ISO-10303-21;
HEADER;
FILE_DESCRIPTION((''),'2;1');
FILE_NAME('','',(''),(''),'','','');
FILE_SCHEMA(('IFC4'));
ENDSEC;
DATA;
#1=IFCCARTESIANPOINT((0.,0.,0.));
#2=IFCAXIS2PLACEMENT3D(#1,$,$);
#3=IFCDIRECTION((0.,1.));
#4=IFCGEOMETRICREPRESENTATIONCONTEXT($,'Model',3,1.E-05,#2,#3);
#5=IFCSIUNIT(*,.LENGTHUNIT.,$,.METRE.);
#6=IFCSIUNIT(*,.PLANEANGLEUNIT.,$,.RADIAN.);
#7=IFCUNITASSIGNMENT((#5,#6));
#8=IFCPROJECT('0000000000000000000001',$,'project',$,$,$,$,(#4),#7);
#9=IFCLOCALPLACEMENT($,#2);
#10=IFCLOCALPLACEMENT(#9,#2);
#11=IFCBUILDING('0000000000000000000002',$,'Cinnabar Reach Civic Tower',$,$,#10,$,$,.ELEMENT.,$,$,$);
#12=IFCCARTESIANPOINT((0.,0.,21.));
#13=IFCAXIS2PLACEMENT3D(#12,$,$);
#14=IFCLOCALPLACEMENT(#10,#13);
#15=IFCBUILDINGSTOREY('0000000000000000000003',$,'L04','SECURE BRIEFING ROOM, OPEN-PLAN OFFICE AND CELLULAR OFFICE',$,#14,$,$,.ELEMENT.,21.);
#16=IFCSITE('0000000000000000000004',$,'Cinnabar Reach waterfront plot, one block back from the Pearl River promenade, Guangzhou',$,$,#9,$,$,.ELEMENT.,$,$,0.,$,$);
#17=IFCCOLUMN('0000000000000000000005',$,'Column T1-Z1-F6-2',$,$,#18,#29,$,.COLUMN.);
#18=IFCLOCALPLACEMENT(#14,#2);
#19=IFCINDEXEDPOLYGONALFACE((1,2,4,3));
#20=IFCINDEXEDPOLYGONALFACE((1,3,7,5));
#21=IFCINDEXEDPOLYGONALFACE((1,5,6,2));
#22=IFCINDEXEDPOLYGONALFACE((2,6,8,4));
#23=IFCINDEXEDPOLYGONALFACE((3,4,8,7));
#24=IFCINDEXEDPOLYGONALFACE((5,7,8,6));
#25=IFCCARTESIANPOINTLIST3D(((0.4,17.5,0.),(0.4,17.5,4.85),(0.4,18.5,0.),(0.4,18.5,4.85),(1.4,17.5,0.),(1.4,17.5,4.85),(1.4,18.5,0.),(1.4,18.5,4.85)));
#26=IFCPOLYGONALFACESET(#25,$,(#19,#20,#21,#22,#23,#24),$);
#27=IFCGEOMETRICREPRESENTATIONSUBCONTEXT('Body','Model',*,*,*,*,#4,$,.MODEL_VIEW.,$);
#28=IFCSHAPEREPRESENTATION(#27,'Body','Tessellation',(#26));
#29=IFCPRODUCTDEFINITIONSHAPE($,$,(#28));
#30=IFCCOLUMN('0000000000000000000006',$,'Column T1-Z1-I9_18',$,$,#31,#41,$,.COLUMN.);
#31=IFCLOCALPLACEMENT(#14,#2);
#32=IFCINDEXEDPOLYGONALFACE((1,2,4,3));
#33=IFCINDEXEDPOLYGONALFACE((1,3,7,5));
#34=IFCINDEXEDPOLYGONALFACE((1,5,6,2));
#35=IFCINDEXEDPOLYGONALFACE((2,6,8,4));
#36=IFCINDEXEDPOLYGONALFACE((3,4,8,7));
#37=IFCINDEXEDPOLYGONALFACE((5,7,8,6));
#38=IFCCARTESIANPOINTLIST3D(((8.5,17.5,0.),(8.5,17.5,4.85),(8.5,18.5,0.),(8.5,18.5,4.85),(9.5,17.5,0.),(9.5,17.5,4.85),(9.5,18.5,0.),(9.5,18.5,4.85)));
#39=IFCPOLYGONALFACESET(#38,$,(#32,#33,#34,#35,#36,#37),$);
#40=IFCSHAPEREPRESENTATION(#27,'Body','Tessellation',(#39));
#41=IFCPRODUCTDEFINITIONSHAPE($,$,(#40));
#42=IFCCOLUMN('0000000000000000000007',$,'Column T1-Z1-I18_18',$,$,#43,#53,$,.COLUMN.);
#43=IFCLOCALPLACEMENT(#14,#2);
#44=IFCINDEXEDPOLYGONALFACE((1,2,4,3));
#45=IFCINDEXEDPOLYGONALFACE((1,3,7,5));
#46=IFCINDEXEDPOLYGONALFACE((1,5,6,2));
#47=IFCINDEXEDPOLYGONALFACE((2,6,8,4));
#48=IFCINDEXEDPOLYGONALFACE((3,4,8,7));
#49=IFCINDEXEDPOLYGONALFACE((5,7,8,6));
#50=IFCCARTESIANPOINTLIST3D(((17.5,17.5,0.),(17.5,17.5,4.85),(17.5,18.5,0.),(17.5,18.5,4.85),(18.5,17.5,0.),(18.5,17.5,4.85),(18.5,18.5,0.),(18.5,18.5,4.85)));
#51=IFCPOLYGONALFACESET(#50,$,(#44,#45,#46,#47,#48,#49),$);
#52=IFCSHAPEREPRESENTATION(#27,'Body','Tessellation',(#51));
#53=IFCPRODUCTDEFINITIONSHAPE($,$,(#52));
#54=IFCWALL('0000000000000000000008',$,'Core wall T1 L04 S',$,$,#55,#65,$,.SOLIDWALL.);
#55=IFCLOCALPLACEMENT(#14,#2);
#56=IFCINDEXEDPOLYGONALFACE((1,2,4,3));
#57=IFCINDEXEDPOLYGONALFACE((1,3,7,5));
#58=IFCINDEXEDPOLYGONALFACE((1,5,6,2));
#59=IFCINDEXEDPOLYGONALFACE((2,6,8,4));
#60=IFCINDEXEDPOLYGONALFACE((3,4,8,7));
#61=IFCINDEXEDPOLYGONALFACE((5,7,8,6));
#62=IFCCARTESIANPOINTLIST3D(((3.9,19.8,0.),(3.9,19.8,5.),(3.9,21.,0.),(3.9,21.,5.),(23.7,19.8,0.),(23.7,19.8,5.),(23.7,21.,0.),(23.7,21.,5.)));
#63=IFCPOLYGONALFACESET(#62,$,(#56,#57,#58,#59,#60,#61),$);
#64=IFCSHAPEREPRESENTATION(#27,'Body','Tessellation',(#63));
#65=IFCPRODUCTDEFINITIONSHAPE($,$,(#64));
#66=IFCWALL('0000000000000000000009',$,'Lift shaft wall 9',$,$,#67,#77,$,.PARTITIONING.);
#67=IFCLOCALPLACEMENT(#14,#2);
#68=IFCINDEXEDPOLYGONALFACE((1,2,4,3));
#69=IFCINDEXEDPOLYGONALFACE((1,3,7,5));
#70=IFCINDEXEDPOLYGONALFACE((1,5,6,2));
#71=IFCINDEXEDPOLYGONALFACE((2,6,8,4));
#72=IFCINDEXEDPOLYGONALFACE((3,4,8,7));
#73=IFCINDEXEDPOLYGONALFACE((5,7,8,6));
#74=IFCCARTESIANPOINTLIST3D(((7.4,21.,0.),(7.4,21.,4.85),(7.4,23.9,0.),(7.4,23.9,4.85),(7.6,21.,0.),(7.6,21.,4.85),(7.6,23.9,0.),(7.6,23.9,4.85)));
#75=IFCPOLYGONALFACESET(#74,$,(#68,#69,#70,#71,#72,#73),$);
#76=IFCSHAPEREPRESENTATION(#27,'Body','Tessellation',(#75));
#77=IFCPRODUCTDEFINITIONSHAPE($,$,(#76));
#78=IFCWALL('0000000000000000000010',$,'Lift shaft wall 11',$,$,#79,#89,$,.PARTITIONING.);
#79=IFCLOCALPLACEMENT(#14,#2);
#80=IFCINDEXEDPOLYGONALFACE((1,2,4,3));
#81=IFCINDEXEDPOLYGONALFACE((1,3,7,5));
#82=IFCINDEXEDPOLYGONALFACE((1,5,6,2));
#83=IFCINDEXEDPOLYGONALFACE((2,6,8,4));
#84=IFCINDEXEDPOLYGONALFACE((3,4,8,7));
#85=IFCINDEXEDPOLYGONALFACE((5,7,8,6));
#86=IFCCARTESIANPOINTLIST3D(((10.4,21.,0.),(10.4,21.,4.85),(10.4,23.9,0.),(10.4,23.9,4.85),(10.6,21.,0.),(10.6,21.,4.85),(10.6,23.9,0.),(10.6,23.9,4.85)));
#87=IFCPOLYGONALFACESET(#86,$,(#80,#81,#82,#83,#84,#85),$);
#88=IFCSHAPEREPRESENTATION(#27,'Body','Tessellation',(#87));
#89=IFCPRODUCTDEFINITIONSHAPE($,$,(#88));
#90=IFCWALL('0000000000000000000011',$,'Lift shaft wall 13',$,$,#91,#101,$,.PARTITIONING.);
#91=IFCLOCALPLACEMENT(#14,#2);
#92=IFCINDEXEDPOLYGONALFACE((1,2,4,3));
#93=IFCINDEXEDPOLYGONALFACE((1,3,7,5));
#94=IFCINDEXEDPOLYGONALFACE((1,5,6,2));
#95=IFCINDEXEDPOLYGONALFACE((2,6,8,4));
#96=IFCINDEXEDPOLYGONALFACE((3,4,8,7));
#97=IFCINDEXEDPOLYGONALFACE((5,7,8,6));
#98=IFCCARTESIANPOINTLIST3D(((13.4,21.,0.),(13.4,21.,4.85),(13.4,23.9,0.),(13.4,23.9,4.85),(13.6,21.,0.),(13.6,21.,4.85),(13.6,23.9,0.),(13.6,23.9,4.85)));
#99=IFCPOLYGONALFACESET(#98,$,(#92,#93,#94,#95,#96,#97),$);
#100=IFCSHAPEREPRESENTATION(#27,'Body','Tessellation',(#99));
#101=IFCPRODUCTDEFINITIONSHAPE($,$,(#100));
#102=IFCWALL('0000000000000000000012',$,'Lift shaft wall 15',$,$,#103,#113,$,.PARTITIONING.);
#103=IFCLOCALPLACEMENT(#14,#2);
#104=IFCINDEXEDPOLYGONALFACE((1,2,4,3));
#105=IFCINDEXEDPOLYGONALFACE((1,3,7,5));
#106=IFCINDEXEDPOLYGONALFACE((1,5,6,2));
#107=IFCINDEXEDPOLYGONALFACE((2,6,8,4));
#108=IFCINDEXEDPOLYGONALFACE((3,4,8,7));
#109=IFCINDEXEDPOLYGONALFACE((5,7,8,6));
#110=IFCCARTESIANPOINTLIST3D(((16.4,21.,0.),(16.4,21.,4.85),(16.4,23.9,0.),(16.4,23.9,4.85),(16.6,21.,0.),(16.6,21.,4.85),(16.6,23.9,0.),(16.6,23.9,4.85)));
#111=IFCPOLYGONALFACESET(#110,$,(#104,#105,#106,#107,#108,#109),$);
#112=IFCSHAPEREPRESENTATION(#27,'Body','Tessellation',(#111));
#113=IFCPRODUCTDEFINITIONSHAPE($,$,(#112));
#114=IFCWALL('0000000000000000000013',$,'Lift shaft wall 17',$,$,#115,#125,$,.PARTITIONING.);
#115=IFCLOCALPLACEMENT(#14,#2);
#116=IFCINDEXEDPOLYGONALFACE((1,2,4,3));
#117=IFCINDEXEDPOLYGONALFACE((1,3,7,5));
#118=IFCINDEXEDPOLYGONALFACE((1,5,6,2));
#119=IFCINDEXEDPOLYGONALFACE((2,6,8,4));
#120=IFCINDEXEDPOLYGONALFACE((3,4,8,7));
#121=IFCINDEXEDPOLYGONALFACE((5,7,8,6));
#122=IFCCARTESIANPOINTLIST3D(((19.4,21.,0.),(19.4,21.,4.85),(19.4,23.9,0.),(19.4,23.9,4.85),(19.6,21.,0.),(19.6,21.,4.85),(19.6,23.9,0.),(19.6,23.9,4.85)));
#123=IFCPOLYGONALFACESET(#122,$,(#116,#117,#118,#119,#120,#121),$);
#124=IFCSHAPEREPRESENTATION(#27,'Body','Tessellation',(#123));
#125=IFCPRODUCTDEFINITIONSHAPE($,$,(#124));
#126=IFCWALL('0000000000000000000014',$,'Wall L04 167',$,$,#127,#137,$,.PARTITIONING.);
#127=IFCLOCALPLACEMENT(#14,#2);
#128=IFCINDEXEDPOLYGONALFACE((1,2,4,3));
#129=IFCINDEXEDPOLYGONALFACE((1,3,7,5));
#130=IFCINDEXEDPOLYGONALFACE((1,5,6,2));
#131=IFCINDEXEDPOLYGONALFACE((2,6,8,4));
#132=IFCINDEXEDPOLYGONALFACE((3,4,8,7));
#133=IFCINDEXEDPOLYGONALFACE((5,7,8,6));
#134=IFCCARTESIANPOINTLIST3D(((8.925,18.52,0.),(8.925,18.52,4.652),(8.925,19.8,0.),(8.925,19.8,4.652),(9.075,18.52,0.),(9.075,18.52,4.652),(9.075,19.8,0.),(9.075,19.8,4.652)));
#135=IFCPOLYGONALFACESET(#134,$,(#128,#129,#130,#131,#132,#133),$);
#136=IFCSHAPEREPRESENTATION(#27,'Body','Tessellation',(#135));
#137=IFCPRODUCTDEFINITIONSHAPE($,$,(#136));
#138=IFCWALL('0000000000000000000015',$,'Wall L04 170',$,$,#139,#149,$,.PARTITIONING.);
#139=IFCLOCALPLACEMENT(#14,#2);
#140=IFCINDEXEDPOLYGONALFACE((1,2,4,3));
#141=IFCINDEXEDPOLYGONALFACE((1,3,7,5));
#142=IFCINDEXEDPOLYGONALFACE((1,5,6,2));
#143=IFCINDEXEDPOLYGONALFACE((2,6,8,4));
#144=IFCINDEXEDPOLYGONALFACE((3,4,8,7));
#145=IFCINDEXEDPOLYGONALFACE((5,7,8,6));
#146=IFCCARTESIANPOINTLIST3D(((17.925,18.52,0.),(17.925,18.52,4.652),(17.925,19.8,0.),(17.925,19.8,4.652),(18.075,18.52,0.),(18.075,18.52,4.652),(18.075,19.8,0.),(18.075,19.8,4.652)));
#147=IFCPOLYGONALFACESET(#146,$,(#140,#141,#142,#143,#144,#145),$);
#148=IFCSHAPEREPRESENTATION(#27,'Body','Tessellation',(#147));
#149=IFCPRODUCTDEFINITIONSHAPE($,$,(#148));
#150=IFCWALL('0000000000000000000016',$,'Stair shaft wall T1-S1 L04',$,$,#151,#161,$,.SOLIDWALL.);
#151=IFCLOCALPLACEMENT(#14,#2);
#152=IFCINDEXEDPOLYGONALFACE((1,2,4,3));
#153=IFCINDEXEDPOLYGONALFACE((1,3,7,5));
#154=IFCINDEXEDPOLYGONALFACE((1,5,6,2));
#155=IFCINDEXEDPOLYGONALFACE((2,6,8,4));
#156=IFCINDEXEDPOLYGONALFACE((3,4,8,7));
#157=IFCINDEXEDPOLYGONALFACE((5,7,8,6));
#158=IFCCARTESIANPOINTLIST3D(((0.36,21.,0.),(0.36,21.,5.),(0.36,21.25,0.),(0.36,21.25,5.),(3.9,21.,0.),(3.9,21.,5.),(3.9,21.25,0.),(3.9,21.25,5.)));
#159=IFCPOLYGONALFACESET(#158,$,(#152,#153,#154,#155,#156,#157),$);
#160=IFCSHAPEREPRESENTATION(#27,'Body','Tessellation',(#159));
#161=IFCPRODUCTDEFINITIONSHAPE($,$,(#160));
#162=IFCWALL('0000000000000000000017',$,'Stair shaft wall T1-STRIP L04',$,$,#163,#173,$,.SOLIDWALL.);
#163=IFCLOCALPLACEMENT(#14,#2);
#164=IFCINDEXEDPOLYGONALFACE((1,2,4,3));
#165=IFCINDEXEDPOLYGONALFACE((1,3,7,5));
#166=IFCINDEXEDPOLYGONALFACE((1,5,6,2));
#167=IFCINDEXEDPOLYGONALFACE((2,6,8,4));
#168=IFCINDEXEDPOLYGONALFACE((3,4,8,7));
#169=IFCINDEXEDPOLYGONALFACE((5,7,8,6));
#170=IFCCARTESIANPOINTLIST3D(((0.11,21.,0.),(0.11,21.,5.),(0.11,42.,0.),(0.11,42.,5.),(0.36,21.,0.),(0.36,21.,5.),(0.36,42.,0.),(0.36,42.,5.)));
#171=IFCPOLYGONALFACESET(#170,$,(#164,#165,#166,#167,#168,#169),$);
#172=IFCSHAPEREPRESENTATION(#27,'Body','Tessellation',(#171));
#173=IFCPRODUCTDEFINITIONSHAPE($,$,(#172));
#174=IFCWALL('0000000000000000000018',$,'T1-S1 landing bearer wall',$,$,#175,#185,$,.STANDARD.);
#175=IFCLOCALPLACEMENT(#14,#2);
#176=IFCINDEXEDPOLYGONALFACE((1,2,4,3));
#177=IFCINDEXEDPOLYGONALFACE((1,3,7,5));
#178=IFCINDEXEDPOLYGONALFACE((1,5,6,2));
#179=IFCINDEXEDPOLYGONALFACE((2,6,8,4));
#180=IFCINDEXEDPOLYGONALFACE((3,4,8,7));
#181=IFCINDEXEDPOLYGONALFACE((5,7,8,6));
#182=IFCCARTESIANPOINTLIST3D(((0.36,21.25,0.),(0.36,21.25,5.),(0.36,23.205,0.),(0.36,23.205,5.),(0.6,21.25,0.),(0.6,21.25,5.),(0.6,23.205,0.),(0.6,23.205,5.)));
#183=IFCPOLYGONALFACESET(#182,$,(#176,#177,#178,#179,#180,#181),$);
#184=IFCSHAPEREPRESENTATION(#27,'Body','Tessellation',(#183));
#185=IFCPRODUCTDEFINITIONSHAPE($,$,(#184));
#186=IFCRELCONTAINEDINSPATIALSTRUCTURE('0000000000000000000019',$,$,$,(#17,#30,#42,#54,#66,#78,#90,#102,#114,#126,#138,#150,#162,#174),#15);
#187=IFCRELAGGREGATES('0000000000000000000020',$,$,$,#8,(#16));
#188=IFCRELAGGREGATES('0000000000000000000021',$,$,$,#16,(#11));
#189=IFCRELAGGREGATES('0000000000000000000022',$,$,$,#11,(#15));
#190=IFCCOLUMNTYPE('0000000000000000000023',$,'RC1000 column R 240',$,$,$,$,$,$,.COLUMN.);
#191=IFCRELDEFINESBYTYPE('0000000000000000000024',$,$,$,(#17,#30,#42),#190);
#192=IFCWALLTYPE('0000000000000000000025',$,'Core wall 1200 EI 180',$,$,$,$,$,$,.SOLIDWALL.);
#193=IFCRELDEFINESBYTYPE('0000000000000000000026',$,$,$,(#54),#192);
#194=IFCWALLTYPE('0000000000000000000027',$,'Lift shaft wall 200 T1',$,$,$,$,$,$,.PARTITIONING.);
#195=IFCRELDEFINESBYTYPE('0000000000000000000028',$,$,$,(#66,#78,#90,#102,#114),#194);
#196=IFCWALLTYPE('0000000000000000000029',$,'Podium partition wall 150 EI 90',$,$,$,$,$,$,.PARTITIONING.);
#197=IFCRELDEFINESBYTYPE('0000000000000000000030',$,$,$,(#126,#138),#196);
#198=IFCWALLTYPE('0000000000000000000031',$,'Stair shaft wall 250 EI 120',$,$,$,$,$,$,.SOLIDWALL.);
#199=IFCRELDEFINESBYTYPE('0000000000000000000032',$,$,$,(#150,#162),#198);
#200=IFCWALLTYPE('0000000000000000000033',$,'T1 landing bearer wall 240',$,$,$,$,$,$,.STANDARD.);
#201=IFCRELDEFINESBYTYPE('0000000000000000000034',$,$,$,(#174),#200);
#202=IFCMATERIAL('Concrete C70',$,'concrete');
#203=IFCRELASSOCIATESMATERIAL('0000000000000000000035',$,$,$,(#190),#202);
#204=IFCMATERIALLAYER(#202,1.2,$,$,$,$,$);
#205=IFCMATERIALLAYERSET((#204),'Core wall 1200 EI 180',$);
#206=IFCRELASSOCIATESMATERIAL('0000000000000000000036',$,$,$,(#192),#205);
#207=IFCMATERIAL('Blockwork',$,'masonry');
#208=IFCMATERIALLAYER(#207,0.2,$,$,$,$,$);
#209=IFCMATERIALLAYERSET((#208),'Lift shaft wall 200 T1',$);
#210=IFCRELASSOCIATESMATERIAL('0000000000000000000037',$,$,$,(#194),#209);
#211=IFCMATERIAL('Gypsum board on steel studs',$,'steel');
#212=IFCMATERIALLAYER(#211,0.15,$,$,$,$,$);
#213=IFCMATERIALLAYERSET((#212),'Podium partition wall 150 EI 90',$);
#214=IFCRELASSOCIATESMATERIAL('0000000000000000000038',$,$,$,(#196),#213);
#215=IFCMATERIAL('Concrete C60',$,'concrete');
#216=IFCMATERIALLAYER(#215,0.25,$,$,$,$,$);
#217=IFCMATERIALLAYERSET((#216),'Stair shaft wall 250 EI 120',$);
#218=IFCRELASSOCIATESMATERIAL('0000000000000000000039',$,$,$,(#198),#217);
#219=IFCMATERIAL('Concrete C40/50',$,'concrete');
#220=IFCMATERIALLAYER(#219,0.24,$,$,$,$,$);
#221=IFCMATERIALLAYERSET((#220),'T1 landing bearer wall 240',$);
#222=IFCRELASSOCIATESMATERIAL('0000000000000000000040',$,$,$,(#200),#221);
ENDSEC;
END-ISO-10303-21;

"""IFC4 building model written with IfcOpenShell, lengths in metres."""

from ifc_helpers import new_model, si_unit, direction, frame, frame_2d, origin, origin_2d, place, context, subcontext, project, spatial, rectangle, extrude, material, layer, layer_set, material_profile, profile_set, type_object, element, save


model = new_model("IFC4")

# Units and contexts
model_context = context("Model", 3, precision=1e-05, world=origin(), true_north=direction((0.0, 1.0)))
body_context = subcontext(model_context, "Body", "Model", "MODEL_VIEW")
ifc_project = project(units=[si_unit("LENGTHUNIT", "METRE"), si_unit("PLANEANGLEUNIT", "RADIAN")], contexts=[model_context])

# Site, building, storey
site_placement = place(None, origin())
site = spatial("IfcSite", under=ifc_project, at=site_placement, Name="Cinnabar Reach waterfront plot, one block back from the Pearl River promenade, Guangzhou", CompositionType="ELEMENT", RefElevation=0.0)
building_placement = place(site_placement, origin())
building = spatial("IfcBuilding", under=site, at=building_placement, Name="Cinnabar Reach Civic Tower", CompositionType="ELEMENT")
storey_placement = place(building_placement, frame((0.0, 0.0, 21.0)))
storey = spatial("IfcBuildingStorey", under=building, at=storey_placement, Name="L04", Description="SECURE BRIEFING ROOM, OPEN-PLAN OFFICE AND CELLULAR OFFICE", CompositionType="ELEMENT", Elevation=21.0)

# Columns
ifc_material_1 = material(Name="Concrete C70", Category="concrete")
ifc_material_profile = material_profile(ifc_material_1, rectangle(XDim=1.0, YDim=1.0, at=origin_2d()), Name="RC1000")
ifc_profile_set = profile_set([ifc_material_profile], Name="Concrete C70")
column_type = type_object("IfcColumnType", Name="RC1000 column R 240", PredefinedType="COLUMN", material=ifc_profile_set)
for number, where, z_axis, x_axis, name in (
    (1, (0.9, 18.0, 0.0), (0.0, 0.0, 1.0), (1.0, 0.0, 0.0), "Column T1-Z1-F6-2"),
    (2, (9.0, 18.0, 0.0), (0.0, 0.0, 1.0), (1.0, 0.0, 0.0), "Column T1-Z1-I9_18"),
    (3, (18.0, 18.0, 0.0), (0.0, 0.0, 1.0), (1.0, 0.0, 0.0), "Column T1-Z1-I18_18"),
):
    element("IfcColumn", number, at=place(storey_placement, frame(where, z_axis=z_axis, x_axis=x_axis)), inside=storey, type_object=column_type, Name=name, PredefinedType="COLUMN", context=body_context, shape_type="SweptSolid", body=[
        extrude(rectangle(XDim=1.0, YDim=1.0, at=origin_2d()), origin(), (0.0, 0.0, 1.0), 4.85),
    ])

# Walls
ifc_layer_1 = layer(ifc_material_1, 1.2)
ifc_layer_set_1 = layer_set([ifc_layer_1], Name="Core wall 1200 EI 180")
wall_type_1 = type_object("IfcWallType", Name="Core wall 1200 EI 180", PredefinedType="SOLIDWALL", material=ifc_layer_set_1)
wall_1_placement = place(storey_placement, frame((3.9, 20.4, 0.0), z_axis=(0.0, 0.0, 1.0), x_axis=(1.0, 0.0, 0.0)))
element("IfcWall", 4, at=wall_1_placement, inside=storey, type_object=wall_type_1, Name="Core wall T1 L04 S", PredefinedType="SOLIDWALL", context=body_context, shape_type="SweptSolid", body=[
    extrude(rectangle(XDim=19.8, YDim=1.2, at=frame_2d((9.9, 0.0))), origin(), (0.0, 0.0, 1.0), 5.0),
])
ifc_material_2 = material(Name="Blockwork", Category="masonry")
ifc_layer_2 = layer(ifc_material_2, 0.2)
ifc_layer_set_2 = layer_set([ifc_layer_2], Name="Lift shaft wall 200 T1")
wall_type_2 = type_object("IfcWallType", Name="Lift shaft wall 200 T1", PredefinedType="PARTITIONING", material=ifc_layer_set_2)
for number, where, z_axis, x_axis, name in (
    (5, (7.5, 21.0, 0.0), (0.0, 0.0, 1.0), (0.0, 1.0, 0.0), "Lift shaft wall 9"),
    (6, (10.5, 21.0, 0.0), (0.0, 0.0, 1.0), (0.0, 1.0, 0.0), "Lift shaft wall 11"),
    (7, (13.5, 21.0, 0.0), (0.0, 0.0, 1.0), (0.0, 1.0, 0.0), "Lift shaft wall 13"),
    (8, (16.5, 21.0, 0.0), (0.0, 0.0, 1.0), (0.0, 1.0, 0.0), "Lift shaft wall 15"),
    (9, (19.5, 21.0, 0.0), (0.0, 0.0, 1.0), (0.0, 1.0, 0.0), "Lift shaft wall 17"),
):
    element("IfcWall", number, at=place(storey_placement, frame(where, z_axis=z_axis, x_axis=x_axis)), inside=storey, type_object=wall_type_2, Name=name, PredefinedType="PARTITIONING", context=body_context, shape_type="SweptSolid", body=[
        extrude(rectangle(XDim=2.9, YDim=0.2, at=frame_2d((1.45, 0.0))), origin(), (0.0, 0.0, 1.0), 4.85),
    ])
ifc_material_3 = material(Name="Gypsum board on steel studs", Category="steel")
ifc_layer_3 = layer(ifc_material_3, 0.15)
ifc_layer_set_3 = layer_set([ifc_layer_3], Name="Podium partition wall 150 EI 90")
wall_type_3 = type_object("IfcWallType", Name="Podium partition wall 150 EI 90", PredefinedType="PARTITIONING", material=ifc_layer_set_3)
for number, where, z_axis, x_axis, name in (
    (10, (9.0, 18.52, 0.0), (0.0, 0.0, 1.0), (0.0, 1.0, 0.0), "Wall L04 167"),
    (11, (18.0, 18.52, 0.0), (0.0, 0.0, 1.0), (0.0, 1.0, 0.0), "Wall L04 170"),
):
    element("IfcWall", number, at=place(storey_placement, frame(where, z_axis=z_axis, x_axis=x_axis)), inside=storey, type_object=wall_type_3, Name=name, PredefinedType="PARTITIONING", context=body_context, shape_type="SweptSolid", body=[
        extrude(rectangle(XDim=1.28, YDim=0.15, at=frame_2d((0.64, 0.0))), origin(), (0.0, 0.0, 1.0), 4.652),
    ])
ifc_material_4 = material(Name="Concrete C60", Category="concrete")
ifc_layer_4 = layer(ifc_material_4, 0.25)
ifc_layer_set_4 = layer_set([ifc_layer_4], Name="Stair shaft wall 250 EI 120")
wall_type_4 = type_object("IfcWallType", Name="Stair shaft wall 250 EI 120", PredefinedType="SOLIDWALL", material=ifc_layer_set_4)
wall_2_placement = place(storey_placement, frame((0.36, 21.125, 0.0), z_axis=(0.0, 0.0, 1.0), x_axis=(1.0, 0.0, 0.0)))
element("IfcWall", 12, at=wall_2_placement, inside=storey, type_object=wall_type_4, Name="Stair shaft wall T1-S1 L04", PredefinedType="SOLIDWALL", context=body_context, shape_type="SweptSolid", body=[
    extrude(rectangle(XDim=3.54, YDim=0.25, at=frame_2d((1.77, 0.0))), origin(), (0.0, 0.0, 1.0), 5.0),
])
wall_3_placement = place(storey_placement, frame((0.235, 21.0, 0.0), z_axis=(0.0, 0.0, 1.0), x_axis=(0.0, 1.0, 0.0)))
element("IfcWall", 13, at=wall_3_placement, inside=storey, type_object=wall_type_4, Name="Stair shaft wall T1-STRIP L04", PredefinedType="SOLIDWALL", context=body_context, shape_type="SweptSolid", body=[
    extrude(rectangle(XDim=21.0, YDim=0.25, at=frame_2d((10.5, 0.0))), origin(), (0.0, 0.0, 1.0), 5.0),
])
ifc_material_5 = material(Name="Concrete C40/50", Category="concrete")
ifc_layer_5 = layer(ifc_material_5, 0.24)
ifc_layer_set_5 = layer_set([ifc_layer_5], Name="T1 landing bearer wall 240")
wall_type_5 = type_object("IfcWallType", Name="T1 landing bearer wall 240", PredefinedType="STANDARD", material=ifc_layer_set_5)
wall_4_placement = place(storey_placement, frame((0.48, 21.25, 0.0), z_axis=(0.0, 0.0, 1.0), x_axis=(0.0, 1.0, 0.0)))
element("IfcWall", 14, at=wall_4_placement, inside=storey, type_object=wall_type_5, Name="T1-S1 landing bearer wall", PredefinedType="STANDARD", context=body_context, shape_type="SweptSolid", body=[
    extrude(rectangle(XDim=1.955, YDim=0.24, at=frame_2d((0.9775, 0.0))), origin(), (0.0, 0.0, 1.0), 5.0),
])

save(model, "model.ifc")
